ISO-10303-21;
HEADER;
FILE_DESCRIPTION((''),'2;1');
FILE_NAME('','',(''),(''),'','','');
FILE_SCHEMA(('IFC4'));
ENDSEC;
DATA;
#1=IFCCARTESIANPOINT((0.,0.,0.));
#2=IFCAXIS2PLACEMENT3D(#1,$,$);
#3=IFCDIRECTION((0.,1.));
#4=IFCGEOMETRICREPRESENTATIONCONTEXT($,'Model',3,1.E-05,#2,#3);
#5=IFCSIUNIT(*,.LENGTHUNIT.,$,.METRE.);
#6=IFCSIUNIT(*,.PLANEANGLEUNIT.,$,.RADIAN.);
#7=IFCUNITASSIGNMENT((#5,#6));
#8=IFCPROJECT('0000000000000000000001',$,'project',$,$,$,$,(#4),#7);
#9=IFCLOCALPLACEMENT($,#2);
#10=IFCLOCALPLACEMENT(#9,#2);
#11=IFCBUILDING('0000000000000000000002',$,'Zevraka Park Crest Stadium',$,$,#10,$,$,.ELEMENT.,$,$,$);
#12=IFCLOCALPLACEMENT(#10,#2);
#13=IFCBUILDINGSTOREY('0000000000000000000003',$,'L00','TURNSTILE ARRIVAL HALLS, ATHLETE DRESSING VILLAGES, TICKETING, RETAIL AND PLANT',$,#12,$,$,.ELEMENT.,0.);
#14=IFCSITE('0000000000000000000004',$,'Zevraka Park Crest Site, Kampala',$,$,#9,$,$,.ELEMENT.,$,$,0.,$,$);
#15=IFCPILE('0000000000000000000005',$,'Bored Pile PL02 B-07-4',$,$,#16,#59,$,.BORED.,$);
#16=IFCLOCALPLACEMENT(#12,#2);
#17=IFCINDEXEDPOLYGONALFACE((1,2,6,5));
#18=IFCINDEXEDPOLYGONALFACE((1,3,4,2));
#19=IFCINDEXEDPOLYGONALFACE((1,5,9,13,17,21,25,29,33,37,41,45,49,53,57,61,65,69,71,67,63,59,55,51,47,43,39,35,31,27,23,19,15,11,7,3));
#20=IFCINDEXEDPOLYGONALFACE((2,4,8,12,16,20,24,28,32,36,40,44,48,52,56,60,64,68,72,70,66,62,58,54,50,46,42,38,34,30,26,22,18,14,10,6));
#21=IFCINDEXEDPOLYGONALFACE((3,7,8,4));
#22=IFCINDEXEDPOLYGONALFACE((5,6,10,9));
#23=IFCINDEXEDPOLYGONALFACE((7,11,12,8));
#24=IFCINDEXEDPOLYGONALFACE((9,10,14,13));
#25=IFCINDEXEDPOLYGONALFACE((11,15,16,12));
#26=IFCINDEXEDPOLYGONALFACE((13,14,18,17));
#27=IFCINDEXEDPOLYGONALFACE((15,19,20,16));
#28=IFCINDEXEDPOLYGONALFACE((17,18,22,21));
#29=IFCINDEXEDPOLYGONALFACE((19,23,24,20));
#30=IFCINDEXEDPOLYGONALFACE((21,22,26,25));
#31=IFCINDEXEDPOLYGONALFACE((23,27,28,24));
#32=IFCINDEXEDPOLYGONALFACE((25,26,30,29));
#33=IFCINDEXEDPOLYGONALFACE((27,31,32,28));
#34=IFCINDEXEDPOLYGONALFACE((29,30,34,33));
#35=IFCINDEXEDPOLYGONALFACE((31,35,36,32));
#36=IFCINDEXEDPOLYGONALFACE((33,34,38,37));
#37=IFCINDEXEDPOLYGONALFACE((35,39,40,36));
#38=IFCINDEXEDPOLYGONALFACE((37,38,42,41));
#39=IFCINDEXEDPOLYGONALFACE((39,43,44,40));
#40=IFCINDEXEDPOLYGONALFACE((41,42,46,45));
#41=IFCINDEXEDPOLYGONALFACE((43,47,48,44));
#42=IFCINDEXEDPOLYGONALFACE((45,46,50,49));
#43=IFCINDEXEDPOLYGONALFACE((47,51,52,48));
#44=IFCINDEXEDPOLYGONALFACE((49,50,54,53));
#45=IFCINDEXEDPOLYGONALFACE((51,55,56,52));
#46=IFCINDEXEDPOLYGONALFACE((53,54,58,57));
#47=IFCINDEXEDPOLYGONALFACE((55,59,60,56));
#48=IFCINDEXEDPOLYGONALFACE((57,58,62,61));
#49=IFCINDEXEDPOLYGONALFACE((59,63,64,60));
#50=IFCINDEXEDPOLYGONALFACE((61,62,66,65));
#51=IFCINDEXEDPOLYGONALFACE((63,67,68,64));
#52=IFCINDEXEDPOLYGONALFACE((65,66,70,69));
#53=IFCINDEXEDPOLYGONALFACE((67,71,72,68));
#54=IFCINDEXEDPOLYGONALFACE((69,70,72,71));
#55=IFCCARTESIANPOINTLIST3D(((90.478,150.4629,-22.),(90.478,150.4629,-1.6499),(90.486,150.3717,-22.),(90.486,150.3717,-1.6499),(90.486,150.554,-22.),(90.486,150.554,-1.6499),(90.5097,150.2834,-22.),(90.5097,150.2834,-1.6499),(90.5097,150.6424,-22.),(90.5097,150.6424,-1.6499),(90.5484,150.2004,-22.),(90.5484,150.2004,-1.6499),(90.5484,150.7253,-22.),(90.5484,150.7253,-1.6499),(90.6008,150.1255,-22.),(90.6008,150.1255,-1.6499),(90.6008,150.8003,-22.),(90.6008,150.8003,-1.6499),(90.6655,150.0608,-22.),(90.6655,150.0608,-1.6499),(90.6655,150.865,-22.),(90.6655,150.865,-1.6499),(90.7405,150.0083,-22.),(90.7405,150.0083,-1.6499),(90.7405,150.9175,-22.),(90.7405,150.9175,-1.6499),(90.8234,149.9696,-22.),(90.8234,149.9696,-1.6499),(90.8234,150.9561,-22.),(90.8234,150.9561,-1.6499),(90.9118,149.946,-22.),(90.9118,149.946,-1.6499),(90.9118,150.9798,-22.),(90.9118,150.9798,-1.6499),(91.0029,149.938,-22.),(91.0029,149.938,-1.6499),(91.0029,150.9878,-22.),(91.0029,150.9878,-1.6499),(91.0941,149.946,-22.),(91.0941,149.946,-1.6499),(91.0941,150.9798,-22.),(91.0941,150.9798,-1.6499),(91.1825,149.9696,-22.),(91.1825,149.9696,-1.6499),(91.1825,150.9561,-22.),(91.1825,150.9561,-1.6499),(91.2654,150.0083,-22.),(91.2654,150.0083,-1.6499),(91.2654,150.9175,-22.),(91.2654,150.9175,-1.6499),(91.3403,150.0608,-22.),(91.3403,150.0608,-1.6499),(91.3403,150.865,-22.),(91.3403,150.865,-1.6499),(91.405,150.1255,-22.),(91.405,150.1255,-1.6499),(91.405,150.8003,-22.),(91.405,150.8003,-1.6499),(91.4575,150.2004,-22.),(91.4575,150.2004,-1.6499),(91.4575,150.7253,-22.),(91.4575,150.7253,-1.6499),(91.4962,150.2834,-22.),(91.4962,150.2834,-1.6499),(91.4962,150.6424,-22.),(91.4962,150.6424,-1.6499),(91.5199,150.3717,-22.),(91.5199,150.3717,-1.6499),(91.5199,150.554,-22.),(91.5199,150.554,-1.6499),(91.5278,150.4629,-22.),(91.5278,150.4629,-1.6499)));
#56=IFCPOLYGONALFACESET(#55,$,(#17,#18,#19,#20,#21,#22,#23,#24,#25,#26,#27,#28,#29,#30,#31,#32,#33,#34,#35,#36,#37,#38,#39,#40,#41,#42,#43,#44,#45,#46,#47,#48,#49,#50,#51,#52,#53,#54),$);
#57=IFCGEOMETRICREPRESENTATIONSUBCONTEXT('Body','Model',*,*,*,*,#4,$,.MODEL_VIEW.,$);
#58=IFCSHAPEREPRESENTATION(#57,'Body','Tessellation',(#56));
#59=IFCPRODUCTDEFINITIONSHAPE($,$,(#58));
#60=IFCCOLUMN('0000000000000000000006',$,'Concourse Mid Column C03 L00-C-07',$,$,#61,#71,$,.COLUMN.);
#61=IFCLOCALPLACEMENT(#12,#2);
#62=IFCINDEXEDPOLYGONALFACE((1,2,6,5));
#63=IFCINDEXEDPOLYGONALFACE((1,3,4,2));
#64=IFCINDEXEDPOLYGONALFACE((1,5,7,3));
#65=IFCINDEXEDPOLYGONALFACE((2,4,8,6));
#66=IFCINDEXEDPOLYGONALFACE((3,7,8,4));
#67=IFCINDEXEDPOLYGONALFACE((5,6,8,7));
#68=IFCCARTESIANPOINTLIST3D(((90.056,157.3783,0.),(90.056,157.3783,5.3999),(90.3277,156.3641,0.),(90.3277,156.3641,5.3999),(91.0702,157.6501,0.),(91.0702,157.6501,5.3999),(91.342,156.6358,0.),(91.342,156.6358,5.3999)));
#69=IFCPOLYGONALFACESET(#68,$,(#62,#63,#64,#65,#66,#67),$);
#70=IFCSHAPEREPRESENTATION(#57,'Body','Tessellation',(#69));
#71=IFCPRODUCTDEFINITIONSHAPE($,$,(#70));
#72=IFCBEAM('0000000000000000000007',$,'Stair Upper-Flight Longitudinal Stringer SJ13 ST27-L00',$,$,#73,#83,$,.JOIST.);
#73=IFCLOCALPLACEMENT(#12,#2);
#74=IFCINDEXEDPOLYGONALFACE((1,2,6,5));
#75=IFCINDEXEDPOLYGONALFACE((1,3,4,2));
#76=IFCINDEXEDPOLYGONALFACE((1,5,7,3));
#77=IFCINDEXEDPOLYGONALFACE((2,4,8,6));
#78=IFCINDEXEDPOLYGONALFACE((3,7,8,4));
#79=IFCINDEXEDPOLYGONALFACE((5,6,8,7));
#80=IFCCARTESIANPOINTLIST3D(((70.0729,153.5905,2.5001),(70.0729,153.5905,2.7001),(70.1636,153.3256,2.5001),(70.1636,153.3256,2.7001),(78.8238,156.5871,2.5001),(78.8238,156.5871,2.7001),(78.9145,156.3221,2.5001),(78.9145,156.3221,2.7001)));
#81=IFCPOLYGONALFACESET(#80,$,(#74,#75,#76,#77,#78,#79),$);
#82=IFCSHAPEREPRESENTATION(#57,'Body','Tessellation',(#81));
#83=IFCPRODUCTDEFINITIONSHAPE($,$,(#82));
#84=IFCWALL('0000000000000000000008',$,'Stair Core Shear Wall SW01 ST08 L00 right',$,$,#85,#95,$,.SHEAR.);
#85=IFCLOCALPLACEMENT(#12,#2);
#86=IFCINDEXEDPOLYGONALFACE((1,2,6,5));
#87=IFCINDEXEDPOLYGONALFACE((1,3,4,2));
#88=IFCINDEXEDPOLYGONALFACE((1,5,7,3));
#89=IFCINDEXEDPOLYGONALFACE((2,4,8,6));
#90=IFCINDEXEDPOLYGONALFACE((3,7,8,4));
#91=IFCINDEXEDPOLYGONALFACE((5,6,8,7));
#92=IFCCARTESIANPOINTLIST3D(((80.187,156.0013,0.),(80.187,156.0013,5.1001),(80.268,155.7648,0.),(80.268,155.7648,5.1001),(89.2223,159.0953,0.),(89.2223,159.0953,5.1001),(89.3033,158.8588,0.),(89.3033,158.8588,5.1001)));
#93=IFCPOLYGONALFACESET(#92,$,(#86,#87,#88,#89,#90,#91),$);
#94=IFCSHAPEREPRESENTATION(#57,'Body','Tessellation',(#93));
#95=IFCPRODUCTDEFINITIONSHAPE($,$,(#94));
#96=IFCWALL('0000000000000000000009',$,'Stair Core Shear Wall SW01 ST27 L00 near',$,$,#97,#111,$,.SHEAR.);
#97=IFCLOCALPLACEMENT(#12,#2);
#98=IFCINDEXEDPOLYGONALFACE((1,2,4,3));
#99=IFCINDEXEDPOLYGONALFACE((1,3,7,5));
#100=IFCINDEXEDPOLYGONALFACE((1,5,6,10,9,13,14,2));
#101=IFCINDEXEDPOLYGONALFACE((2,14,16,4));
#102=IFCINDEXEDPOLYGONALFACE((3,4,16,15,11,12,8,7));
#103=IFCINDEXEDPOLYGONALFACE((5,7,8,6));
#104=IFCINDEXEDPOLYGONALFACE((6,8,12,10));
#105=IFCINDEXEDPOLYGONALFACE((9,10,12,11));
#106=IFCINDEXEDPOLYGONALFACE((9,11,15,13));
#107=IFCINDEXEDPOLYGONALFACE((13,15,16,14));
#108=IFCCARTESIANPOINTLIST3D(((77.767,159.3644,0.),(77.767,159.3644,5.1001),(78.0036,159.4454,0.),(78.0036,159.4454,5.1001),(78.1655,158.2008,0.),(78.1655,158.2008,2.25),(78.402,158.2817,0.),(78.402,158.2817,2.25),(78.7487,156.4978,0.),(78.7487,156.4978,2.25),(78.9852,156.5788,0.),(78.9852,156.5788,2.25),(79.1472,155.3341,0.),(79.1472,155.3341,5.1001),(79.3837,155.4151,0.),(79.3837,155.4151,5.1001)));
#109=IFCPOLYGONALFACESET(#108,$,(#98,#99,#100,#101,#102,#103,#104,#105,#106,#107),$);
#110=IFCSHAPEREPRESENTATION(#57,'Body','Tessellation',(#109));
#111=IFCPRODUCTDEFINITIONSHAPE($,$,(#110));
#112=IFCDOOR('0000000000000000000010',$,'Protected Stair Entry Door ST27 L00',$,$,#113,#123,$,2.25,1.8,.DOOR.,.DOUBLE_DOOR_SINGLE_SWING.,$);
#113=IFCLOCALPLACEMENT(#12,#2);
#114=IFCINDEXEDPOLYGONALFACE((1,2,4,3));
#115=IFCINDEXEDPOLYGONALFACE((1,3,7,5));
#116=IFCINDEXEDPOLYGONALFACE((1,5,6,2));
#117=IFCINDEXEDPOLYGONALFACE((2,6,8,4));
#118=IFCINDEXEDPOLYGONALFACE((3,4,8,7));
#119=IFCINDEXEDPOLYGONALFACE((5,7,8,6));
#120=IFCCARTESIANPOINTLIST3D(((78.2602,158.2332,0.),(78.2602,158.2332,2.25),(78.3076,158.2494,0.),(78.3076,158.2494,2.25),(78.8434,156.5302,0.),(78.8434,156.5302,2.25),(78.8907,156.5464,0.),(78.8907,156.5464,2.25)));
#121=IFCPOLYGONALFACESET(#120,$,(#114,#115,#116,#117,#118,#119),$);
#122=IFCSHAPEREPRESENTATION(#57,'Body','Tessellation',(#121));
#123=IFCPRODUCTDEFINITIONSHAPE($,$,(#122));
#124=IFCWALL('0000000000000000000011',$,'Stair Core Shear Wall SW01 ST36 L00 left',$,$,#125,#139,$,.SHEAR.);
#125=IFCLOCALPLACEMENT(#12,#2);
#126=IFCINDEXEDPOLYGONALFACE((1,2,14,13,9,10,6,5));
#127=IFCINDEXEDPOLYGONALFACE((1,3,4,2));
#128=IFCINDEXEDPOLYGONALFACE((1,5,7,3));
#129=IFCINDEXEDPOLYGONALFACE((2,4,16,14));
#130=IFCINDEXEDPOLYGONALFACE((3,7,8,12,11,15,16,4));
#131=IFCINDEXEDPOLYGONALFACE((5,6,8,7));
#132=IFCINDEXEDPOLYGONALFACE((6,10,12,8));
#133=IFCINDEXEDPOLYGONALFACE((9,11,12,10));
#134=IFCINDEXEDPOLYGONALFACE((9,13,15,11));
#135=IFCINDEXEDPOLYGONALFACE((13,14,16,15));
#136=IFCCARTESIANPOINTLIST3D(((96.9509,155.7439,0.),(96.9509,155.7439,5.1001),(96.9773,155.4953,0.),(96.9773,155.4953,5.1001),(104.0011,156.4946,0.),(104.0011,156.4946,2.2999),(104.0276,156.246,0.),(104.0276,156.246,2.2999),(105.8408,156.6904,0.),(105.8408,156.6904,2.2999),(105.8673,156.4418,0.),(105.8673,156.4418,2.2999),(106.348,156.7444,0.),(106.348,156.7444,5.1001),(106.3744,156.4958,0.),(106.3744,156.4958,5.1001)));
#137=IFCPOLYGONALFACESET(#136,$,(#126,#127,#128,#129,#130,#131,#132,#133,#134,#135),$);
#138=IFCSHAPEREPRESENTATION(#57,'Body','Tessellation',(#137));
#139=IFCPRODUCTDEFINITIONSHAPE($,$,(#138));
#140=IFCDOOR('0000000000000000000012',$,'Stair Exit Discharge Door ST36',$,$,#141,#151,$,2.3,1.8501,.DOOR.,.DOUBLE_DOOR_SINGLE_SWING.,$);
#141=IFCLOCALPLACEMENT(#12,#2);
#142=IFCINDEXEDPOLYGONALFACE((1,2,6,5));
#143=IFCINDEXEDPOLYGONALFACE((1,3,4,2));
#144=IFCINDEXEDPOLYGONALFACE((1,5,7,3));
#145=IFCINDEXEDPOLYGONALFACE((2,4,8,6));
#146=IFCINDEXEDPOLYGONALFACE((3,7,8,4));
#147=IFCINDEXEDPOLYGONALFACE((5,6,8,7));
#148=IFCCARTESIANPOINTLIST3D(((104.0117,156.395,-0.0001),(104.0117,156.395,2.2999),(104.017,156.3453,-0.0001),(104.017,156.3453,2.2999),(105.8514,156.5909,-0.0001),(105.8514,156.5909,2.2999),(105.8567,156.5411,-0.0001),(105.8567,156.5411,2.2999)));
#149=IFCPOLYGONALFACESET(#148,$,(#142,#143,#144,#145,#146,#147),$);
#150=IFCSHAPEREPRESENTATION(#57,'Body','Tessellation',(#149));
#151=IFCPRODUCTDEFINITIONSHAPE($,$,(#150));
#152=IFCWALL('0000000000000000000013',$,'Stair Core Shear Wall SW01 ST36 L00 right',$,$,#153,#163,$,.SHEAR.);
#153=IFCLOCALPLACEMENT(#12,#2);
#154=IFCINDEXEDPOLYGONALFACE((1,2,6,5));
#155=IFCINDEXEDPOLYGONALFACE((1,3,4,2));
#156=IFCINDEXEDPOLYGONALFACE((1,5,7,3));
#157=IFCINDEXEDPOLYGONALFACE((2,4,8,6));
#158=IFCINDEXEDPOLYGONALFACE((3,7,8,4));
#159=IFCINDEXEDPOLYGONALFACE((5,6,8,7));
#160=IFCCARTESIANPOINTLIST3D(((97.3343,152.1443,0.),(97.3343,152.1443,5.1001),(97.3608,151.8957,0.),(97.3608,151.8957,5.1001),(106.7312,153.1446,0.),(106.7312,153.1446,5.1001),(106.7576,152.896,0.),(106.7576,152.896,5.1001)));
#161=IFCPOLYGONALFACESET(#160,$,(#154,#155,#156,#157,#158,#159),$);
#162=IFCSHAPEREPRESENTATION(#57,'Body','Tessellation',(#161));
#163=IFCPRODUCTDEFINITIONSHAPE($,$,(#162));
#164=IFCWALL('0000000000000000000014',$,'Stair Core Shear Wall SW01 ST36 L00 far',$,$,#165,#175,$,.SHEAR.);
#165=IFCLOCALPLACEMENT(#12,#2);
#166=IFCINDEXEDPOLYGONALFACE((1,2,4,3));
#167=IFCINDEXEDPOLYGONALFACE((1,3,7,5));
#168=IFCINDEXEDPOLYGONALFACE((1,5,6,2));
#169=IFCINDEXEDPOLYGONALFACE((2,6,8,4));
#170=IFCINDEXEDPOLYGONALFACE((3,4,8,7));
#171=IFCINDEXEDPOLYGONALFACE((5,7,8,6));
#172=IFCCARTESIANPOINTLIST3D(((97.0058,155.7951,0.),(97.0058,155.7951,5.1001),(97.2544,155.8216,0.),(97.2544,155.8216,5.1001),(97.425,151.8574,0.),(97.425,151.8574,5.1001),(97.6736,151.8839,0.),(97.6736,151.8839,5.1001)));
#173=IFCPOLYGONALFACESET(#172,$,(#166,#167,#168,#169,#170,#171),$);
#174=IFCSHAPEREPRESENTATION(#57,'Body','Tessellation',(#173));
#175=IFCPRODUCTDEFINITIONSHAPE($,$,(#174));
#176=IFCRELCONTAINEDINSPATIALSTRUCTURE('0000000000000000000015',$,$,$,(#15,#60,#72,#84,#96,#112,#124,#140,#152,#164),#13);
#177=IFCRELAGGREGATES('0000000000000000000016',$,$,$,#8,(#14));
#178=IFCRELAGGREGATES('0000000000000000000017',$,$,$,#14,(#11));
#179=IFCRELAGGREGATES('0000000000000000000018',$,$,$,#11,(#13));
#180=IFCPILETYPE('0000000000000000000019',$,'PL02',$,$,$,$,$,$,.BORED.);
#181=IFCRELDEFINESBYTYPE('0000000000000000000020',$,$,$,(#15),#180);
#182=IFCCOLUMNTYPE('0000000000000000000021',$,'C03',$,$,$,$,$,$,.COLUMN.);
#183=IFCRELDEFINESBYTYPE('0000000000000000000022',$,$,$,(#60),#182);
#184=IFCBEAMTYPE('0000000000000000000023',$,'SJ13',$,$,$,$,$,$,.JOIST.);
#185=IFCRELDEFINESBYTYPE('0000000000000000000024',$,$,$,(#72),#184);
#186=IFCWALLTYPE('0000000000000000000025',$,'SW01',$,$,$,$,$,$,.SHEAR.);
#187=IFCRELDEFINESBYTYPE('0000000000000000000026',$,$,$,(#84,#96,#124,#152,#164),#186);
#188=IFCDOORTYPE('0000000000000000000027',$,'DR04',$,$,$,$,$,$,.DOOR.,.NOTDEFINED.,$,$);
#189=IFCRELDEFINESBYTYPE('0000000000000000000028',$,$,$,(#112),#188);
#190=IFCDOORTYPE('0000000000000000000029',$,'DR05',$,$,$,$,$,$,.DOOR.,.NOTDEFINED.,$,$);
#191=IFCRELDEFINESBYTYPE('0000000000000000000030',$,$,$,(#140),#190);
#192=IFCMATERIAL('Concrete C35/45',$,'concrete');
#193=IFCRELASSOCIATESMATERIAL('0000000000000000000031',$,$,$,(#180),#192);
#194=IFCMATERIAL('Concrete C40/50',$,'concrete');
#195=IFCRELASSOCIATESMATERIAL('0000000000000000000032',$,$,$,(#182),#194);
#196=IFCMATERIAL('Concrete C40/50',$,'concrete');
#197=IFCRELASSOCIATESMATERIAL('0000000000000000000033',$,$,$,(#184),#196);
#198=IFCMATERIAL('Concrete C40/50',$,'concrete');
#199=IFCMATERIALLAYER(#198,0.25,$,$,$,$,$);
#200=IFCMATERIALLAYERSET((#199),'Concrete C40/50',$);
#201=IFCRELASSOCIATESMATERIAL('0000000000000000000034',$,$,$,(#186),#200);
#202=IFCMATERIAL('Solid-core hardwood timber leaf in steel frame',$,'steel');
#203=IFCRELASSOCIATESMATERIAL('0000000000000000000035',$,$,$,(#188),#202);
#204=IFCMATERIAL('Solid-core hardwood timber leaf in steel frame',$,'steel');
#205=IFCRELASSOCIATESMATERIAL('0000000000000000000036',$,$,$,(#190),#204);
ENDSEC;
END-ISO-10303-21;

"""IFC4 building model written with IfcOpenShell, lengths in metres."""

from ifc_helpers import new_model, si_unit, direction, frame, frame_2d, origin, origin_2d, place, context, subcontext, project, spatial, rectangle, circle, extrude, material, layer, layer_set, material_profile, profile_set, type_object, element, fill, save


model = new_model("IFC4")

# Units and contexts
model_context = context("Model", 3, precision=1e-05, world=origin(), true_north=direction((0.0, 1.0)))
body_context = subcontext(model_context, "Body", "Model", "MODEL_VIEW")
ifc_project = project(units=[si_unit("LENGTHUNIT", "METRE"), si_unit("PLANEANGLEUNIT", "RADIAN")], contexts=[model_context])

# Site, building, storey
site_placement = place(None, origin())
site = spatial("IfcSite", under=ifc_project, at=site_placement, Name="Zevraka Park Crest Site, Kampala", CompositionType="ELEMENT", RefElevation=0.0)
building_placement = place(site_placement, origin())
building = spatial("IfcBuilding", under=site, at=building_placement, Name="Zevraka Park Crest Stadium", CompositionType="ELEMENT")
storey_placement = place(building_placement, origin())
storey = spatial("IfcBuildingStorey", under=building, at=storey_placement, Name="L00", Description="TURNSTILE ARRIVAL HALLS, ATHLETE DRESSING VILLAGES, TICKETING, RETAIL AND PLANT", CompositionType="ELEMENT", Elevation=0.0)

# Pile
ifc_material_1 = material(Name="Concrete C35/45", Category="concrete")
ifc_material_profile_1 = material_profile(ifc_material_1, circle(Radius=0.5249, at=origin_2d()), Name="PILE D1050")
ifc_profile_set_1 = profile_set([ifc_material_profile_1], Name="Concrete C35/45")
pile_type_1 = type_object("IfcPileType", Name="PL02", PredefinedType="BORED", material=ifc_profile_set_1)
for number, where, z_axis, x_axis, name in (
    (1, (91.0029, 150.4629, -1.6499), (0.0, 0.0, -1.0), (1.0, 0.0, 0.0), "Bored Pile PL02 B-07-4"),
):
    element("IfcPile", number, at=place(storey_placement, frame(where, z_axis=z_axis, x_axis=x_axis)), inside=storey, type_object=pile_type_1, Name=name, PredefinedType="BORED", context=body_context, shape_type="SweptSolid", body=[
        extrude(circle(Radius=0.5249, at=origin_2d()), origin(), (0.0, 0.0, 1.0), 20.3501),
    ])

# Column
ifc_material_2 = material(Name="Concrete C40/50", Category="concrete")
ifc_material_profile_2 = material_profile(ifc_material_2, rectangle(XDim=1.05, YDim=1.05, at=origin_2d()), Name="RC 1050x1050")
ifc_profile_set_2 = profile_set([ifc_material_profile_2], Name="Concrete C40/50")
column_type = type_object("IfcColumnType", Name="C03", PredefinedType="COLUMN", material=ifc_profile_set_2)
column_placement = place(storey_placement, frame((90.699, 157.0071, 0.0), z_axis=(0.0, 0.0, 1.0), x_axis=(-0.258819, 0.965926, 0.0)))
element("IfcColumn", 2, at=column_placement, inside=storey, type_object=column_type, Name="Concourse Mid Column C03 L00-C-07", PredefinedType="COLUMN", context=body_context, shape_type="SweptSolid", body=[
    extrude(rectangle(XDim=1.05, YDim=1.05, at=origin_2d()), origin(), (0.0, 0.0, 1.0), 5.3999),
])

# Beam
ifc_material_3 = material(Name="Concrete C40/50", Category="concrete")
ifc_material_profile_3 = material_profile(ifc_material_3, rectangle(XDim=0.28, YDim=0.2, at=origin_2d()), Name="RC 200x280")
ifc_profile_set_3 = profile_set([ifc_material_profile_3], Name="Concrete C40/50")
beam_type = type_object("IfcBeamType", Name="SJ13", PredefinedType="JOIST", material=ifc_profile_set_3)
beam_placement = place(storey_placement, frame((78.8691, 156.4546, 2.6001), z_axis=(-0.94607, -0.323961, 0.0), x_axis=(0.323961, -0.94607, 0.0)))
element("IfcBeam", 3, at=beam_placement, inside=storey, type_object=beam_type, Name="Stair Upper-Flight Longitudinal Stringer SJ13 ST27-L00", PredefinedType="JOIST", context=body_context, shape_type="SweptSolid", body=[
    extrude(rectangle(XDim=0.28, YDim=0.2, at=origin_2d()), origin(), (0.0, 0.0, 1.0), 9.2498),
])

# Wall
ifc_material_4 = material(Name="Concrete C40/50", Category="concrete")
ifc_layer = layer(ifc_material_4, 0.25)
ifc_layer_set = layer_set([ifc_layer], Name="Concrete C40/50")
wall_type = type_object("IfcWallType", Name="SW01", PredefinedType="SHEAR", material=ifc_layer_set)
wall_1_placement = place(storey_placement, frame((80.2275, 155.8831, 0.0), z_axis=(0.0, 0.0, 1.0), x_axis=(0.946067, 0.323971, 0.0)))
element("IfcWall", 4, at=wall_1_placement, inside=storey, type_object=wall_type, Name="Stair Core Shear Wall SW01 ST08 L00 right", PredefinedType="SHEAR", context=body_context, shape_type="SweptSolid", body=[
    extrude(rectangle(XDim=9.5503, YDim=0.25, at=frame_2d((4.7751, 0.0))), origin(), (0.0, 0.0, 1.0), 5.1001),
])

# Walls, openings, doors
wall_2_placement = place(storey_placement, frame((79.2654, 155.3748, 0.0), z_axis=(0.0, 0.0, 1.0), x_axis=(-0.323971, 0.946067, 0.0)))
wall_2 = element("IfcWall", 5, at=wall_2_placement, inside=storey, type_object=wall_type, Name="Stair Core Shear Wall SW01 ST27 L00 near", PredefinedType="SHEAR", context=body_context, shape_type="SweptSolid", body=[
    extrude(rectangle(XDim=4.26, YDim=0.25, at=frame_2d((2.1299, 0.0))), origin(), (0.0, 0.0, 1.0), 5.1001),
])
opening_1_placement = place(wall_2_placement, frame((1.23, 0.0, 0.0)))
opening_1 = element("IfcOpeningElement", 6, at=opening_1_placement, cuts=wall_2, PredefinedType="OPENING", context=body_context, shape_type="SweptSolid", body=[
    extrude(rectangle(XDim=1.8, YDim=2.25, at=frame_2d((0.8999, 1.125))), frame((0.0, 0.135, 0.0), z_axis=(0.0, -1.0, 0.0), x_axis=(1.0, 0.0, 0.0)), (0.0, 0.0, 1.0), 0.27),
])
ifc_material_5 = material(Name="Solid-core hardwood timber leaf in steel frame", Category="steel")
door_type_1 = type_object("IfcDoorType", Name="DR04", OperationType="NOTDEFINED", PredefinedType="DOOR", material=ifc_material_5)
door_1_placement = place(opening_1_placement, origin())
door_1 = element("IfcDoor", 7, at=door_1_placement, inside=storey, type_object=door_type_1, Name="Protected Stair Entry Door ST27 L00", OperationType="DOUBLE_DOOR_SINGLE_SWING", OverallHeight=2.25, OverallWidth=1.8, PredefinedType="DOOR", context=body_context, shape_type="SweptSolid", body=[
    extrude(rectangle(XDim=1.8, YDim=2.25, at=frame_2d((0.8999, 1.125))), frame((0.0, 0.0249, 0.0), z_axis=(0.0, -1.0, 0.0), x_axis=(1.0, 0.0, 0.0)), (0.0, 0.0, 1.0), 0.05),
])
fill(opening_1, door_1)
wall_3_placement = place(storey_placement, frame((96.9641, 155.6196, 0.0), z_axis=(0.0, 0.0, 1.0), x_axis=(0.99438, 0.105871, 0.0)))
wall_3 = element("IfcWall", 8, at=wall_3_placement, inside=storey, type_object=wall_type, Name="Stair Core Shear Wall SW01 ST36 L00 left", PredefinedType="SHEAR", context=body_context, shape_type="SweptSolid", body=[
    extrude(rectangle(XDim=9.4502, YDim=0.25, at=frame_2d((4.7251, 0.0))), origin(), (0.0, 0.0, 1.0), 5.1001),
])
opening_2_placement = place(wall_3_placement, frame((7.0901, 0.0, 0.0)))
opening_2 = element("IfcOpeningElement", 9, at=opening_2_placement, cuts=wall_3, PredefinedType="OPENING", context=body_context, shape_type="SweptSolid", body=[
    extrude(rectangle(XDim=1.8501, YDim=2.3, at=frame_2d((0.925, 1.1499))), frame((0.0, 0.135, 0.0), z_axis=(0.0, -1.0, 0.0), x_axis=(1.0, 0.0, 0.0)), (0.0, 0.0, 1.0), 0.27),
])
ifc_material_6 = material(Name="Solid-core hardwood timber leaf in steel frame", Category="steel")
door_type_2 = type_object("IfcDoorType", Name="DR05", OperationType="NOTDEFINED", PredefinedType="DOOR", material=ifc_material_6)
door_2_placement = place(opening_2_placement, origin())
door_2 = element("IfcDoor", 10, at=door_2_placement, inside=storey, type_object=door_type_2, Name="Stair Exit Discharge Door ST36", OperationType="DOUBLE_DOOR_SINGLE_SWING", OverallHeight=2.3, OverallWidth=1.8501, PredefinedType="DOOR", context=body_context, shape_type="SweptSolid", body=[
    extrude(rectangle(XDim=1.8501, YDim=2.3, at=frame_2d((0.925, 1.1499))), frame((0.0, 0.0249, 0.0), z_axis=(0.0, -1.0, 0.0), x_axis=(1.0, 0.0, 0.0)), (0.0, 0.0, 1.0), 0.05),
])
fill(opening_2, door_2)

# Walls
wall_4_placement = place(storey_placement, frame((97.3474, 152.02, 0.0), z_axis=(0.0, 0.0, 1.0), x_axis=(0.994383, 0.105845, 0.0)))
element("IfcWall", 11, at=wall_4_placement, inside=storey, type_object=wall_type, Name="Stair Core Shear Wall SW01 ST36 L00 right", PredefinedType="SHEAR", context=body_context, shape_type="SweptSolid", body=[
    extrude(rectangle(XDim=9.45, YDim=0.25, at=frame_2d((4.7251, 0.0))), origin(), (0.0, 0.0, 1.0), 5.1001),
])
wall_5_placement = place(storey_placement, frame((97.1301, 155.8083, 0.0), z_axis=(0.0, 0.0, 1.0), x_axis=(0.105856, -0.994381, 0.0)))
element("IfcWall", 12, at=wall_5_placement, inside=storey, type_object=wall_type, Name="Stair Core Shear Wall SW01 ST36 L00 far", PredefinedType="SHEAR", context=body_context, shape_type="SweptSolid", body=[
    extrude(rectangle(XDim=3.96, YDim=0.25, at=frame_2d((1.98, 0.0))), origin(), (0.0, 0.0, 1.0), 5.1001),
])

save(model, "model.ifc")
